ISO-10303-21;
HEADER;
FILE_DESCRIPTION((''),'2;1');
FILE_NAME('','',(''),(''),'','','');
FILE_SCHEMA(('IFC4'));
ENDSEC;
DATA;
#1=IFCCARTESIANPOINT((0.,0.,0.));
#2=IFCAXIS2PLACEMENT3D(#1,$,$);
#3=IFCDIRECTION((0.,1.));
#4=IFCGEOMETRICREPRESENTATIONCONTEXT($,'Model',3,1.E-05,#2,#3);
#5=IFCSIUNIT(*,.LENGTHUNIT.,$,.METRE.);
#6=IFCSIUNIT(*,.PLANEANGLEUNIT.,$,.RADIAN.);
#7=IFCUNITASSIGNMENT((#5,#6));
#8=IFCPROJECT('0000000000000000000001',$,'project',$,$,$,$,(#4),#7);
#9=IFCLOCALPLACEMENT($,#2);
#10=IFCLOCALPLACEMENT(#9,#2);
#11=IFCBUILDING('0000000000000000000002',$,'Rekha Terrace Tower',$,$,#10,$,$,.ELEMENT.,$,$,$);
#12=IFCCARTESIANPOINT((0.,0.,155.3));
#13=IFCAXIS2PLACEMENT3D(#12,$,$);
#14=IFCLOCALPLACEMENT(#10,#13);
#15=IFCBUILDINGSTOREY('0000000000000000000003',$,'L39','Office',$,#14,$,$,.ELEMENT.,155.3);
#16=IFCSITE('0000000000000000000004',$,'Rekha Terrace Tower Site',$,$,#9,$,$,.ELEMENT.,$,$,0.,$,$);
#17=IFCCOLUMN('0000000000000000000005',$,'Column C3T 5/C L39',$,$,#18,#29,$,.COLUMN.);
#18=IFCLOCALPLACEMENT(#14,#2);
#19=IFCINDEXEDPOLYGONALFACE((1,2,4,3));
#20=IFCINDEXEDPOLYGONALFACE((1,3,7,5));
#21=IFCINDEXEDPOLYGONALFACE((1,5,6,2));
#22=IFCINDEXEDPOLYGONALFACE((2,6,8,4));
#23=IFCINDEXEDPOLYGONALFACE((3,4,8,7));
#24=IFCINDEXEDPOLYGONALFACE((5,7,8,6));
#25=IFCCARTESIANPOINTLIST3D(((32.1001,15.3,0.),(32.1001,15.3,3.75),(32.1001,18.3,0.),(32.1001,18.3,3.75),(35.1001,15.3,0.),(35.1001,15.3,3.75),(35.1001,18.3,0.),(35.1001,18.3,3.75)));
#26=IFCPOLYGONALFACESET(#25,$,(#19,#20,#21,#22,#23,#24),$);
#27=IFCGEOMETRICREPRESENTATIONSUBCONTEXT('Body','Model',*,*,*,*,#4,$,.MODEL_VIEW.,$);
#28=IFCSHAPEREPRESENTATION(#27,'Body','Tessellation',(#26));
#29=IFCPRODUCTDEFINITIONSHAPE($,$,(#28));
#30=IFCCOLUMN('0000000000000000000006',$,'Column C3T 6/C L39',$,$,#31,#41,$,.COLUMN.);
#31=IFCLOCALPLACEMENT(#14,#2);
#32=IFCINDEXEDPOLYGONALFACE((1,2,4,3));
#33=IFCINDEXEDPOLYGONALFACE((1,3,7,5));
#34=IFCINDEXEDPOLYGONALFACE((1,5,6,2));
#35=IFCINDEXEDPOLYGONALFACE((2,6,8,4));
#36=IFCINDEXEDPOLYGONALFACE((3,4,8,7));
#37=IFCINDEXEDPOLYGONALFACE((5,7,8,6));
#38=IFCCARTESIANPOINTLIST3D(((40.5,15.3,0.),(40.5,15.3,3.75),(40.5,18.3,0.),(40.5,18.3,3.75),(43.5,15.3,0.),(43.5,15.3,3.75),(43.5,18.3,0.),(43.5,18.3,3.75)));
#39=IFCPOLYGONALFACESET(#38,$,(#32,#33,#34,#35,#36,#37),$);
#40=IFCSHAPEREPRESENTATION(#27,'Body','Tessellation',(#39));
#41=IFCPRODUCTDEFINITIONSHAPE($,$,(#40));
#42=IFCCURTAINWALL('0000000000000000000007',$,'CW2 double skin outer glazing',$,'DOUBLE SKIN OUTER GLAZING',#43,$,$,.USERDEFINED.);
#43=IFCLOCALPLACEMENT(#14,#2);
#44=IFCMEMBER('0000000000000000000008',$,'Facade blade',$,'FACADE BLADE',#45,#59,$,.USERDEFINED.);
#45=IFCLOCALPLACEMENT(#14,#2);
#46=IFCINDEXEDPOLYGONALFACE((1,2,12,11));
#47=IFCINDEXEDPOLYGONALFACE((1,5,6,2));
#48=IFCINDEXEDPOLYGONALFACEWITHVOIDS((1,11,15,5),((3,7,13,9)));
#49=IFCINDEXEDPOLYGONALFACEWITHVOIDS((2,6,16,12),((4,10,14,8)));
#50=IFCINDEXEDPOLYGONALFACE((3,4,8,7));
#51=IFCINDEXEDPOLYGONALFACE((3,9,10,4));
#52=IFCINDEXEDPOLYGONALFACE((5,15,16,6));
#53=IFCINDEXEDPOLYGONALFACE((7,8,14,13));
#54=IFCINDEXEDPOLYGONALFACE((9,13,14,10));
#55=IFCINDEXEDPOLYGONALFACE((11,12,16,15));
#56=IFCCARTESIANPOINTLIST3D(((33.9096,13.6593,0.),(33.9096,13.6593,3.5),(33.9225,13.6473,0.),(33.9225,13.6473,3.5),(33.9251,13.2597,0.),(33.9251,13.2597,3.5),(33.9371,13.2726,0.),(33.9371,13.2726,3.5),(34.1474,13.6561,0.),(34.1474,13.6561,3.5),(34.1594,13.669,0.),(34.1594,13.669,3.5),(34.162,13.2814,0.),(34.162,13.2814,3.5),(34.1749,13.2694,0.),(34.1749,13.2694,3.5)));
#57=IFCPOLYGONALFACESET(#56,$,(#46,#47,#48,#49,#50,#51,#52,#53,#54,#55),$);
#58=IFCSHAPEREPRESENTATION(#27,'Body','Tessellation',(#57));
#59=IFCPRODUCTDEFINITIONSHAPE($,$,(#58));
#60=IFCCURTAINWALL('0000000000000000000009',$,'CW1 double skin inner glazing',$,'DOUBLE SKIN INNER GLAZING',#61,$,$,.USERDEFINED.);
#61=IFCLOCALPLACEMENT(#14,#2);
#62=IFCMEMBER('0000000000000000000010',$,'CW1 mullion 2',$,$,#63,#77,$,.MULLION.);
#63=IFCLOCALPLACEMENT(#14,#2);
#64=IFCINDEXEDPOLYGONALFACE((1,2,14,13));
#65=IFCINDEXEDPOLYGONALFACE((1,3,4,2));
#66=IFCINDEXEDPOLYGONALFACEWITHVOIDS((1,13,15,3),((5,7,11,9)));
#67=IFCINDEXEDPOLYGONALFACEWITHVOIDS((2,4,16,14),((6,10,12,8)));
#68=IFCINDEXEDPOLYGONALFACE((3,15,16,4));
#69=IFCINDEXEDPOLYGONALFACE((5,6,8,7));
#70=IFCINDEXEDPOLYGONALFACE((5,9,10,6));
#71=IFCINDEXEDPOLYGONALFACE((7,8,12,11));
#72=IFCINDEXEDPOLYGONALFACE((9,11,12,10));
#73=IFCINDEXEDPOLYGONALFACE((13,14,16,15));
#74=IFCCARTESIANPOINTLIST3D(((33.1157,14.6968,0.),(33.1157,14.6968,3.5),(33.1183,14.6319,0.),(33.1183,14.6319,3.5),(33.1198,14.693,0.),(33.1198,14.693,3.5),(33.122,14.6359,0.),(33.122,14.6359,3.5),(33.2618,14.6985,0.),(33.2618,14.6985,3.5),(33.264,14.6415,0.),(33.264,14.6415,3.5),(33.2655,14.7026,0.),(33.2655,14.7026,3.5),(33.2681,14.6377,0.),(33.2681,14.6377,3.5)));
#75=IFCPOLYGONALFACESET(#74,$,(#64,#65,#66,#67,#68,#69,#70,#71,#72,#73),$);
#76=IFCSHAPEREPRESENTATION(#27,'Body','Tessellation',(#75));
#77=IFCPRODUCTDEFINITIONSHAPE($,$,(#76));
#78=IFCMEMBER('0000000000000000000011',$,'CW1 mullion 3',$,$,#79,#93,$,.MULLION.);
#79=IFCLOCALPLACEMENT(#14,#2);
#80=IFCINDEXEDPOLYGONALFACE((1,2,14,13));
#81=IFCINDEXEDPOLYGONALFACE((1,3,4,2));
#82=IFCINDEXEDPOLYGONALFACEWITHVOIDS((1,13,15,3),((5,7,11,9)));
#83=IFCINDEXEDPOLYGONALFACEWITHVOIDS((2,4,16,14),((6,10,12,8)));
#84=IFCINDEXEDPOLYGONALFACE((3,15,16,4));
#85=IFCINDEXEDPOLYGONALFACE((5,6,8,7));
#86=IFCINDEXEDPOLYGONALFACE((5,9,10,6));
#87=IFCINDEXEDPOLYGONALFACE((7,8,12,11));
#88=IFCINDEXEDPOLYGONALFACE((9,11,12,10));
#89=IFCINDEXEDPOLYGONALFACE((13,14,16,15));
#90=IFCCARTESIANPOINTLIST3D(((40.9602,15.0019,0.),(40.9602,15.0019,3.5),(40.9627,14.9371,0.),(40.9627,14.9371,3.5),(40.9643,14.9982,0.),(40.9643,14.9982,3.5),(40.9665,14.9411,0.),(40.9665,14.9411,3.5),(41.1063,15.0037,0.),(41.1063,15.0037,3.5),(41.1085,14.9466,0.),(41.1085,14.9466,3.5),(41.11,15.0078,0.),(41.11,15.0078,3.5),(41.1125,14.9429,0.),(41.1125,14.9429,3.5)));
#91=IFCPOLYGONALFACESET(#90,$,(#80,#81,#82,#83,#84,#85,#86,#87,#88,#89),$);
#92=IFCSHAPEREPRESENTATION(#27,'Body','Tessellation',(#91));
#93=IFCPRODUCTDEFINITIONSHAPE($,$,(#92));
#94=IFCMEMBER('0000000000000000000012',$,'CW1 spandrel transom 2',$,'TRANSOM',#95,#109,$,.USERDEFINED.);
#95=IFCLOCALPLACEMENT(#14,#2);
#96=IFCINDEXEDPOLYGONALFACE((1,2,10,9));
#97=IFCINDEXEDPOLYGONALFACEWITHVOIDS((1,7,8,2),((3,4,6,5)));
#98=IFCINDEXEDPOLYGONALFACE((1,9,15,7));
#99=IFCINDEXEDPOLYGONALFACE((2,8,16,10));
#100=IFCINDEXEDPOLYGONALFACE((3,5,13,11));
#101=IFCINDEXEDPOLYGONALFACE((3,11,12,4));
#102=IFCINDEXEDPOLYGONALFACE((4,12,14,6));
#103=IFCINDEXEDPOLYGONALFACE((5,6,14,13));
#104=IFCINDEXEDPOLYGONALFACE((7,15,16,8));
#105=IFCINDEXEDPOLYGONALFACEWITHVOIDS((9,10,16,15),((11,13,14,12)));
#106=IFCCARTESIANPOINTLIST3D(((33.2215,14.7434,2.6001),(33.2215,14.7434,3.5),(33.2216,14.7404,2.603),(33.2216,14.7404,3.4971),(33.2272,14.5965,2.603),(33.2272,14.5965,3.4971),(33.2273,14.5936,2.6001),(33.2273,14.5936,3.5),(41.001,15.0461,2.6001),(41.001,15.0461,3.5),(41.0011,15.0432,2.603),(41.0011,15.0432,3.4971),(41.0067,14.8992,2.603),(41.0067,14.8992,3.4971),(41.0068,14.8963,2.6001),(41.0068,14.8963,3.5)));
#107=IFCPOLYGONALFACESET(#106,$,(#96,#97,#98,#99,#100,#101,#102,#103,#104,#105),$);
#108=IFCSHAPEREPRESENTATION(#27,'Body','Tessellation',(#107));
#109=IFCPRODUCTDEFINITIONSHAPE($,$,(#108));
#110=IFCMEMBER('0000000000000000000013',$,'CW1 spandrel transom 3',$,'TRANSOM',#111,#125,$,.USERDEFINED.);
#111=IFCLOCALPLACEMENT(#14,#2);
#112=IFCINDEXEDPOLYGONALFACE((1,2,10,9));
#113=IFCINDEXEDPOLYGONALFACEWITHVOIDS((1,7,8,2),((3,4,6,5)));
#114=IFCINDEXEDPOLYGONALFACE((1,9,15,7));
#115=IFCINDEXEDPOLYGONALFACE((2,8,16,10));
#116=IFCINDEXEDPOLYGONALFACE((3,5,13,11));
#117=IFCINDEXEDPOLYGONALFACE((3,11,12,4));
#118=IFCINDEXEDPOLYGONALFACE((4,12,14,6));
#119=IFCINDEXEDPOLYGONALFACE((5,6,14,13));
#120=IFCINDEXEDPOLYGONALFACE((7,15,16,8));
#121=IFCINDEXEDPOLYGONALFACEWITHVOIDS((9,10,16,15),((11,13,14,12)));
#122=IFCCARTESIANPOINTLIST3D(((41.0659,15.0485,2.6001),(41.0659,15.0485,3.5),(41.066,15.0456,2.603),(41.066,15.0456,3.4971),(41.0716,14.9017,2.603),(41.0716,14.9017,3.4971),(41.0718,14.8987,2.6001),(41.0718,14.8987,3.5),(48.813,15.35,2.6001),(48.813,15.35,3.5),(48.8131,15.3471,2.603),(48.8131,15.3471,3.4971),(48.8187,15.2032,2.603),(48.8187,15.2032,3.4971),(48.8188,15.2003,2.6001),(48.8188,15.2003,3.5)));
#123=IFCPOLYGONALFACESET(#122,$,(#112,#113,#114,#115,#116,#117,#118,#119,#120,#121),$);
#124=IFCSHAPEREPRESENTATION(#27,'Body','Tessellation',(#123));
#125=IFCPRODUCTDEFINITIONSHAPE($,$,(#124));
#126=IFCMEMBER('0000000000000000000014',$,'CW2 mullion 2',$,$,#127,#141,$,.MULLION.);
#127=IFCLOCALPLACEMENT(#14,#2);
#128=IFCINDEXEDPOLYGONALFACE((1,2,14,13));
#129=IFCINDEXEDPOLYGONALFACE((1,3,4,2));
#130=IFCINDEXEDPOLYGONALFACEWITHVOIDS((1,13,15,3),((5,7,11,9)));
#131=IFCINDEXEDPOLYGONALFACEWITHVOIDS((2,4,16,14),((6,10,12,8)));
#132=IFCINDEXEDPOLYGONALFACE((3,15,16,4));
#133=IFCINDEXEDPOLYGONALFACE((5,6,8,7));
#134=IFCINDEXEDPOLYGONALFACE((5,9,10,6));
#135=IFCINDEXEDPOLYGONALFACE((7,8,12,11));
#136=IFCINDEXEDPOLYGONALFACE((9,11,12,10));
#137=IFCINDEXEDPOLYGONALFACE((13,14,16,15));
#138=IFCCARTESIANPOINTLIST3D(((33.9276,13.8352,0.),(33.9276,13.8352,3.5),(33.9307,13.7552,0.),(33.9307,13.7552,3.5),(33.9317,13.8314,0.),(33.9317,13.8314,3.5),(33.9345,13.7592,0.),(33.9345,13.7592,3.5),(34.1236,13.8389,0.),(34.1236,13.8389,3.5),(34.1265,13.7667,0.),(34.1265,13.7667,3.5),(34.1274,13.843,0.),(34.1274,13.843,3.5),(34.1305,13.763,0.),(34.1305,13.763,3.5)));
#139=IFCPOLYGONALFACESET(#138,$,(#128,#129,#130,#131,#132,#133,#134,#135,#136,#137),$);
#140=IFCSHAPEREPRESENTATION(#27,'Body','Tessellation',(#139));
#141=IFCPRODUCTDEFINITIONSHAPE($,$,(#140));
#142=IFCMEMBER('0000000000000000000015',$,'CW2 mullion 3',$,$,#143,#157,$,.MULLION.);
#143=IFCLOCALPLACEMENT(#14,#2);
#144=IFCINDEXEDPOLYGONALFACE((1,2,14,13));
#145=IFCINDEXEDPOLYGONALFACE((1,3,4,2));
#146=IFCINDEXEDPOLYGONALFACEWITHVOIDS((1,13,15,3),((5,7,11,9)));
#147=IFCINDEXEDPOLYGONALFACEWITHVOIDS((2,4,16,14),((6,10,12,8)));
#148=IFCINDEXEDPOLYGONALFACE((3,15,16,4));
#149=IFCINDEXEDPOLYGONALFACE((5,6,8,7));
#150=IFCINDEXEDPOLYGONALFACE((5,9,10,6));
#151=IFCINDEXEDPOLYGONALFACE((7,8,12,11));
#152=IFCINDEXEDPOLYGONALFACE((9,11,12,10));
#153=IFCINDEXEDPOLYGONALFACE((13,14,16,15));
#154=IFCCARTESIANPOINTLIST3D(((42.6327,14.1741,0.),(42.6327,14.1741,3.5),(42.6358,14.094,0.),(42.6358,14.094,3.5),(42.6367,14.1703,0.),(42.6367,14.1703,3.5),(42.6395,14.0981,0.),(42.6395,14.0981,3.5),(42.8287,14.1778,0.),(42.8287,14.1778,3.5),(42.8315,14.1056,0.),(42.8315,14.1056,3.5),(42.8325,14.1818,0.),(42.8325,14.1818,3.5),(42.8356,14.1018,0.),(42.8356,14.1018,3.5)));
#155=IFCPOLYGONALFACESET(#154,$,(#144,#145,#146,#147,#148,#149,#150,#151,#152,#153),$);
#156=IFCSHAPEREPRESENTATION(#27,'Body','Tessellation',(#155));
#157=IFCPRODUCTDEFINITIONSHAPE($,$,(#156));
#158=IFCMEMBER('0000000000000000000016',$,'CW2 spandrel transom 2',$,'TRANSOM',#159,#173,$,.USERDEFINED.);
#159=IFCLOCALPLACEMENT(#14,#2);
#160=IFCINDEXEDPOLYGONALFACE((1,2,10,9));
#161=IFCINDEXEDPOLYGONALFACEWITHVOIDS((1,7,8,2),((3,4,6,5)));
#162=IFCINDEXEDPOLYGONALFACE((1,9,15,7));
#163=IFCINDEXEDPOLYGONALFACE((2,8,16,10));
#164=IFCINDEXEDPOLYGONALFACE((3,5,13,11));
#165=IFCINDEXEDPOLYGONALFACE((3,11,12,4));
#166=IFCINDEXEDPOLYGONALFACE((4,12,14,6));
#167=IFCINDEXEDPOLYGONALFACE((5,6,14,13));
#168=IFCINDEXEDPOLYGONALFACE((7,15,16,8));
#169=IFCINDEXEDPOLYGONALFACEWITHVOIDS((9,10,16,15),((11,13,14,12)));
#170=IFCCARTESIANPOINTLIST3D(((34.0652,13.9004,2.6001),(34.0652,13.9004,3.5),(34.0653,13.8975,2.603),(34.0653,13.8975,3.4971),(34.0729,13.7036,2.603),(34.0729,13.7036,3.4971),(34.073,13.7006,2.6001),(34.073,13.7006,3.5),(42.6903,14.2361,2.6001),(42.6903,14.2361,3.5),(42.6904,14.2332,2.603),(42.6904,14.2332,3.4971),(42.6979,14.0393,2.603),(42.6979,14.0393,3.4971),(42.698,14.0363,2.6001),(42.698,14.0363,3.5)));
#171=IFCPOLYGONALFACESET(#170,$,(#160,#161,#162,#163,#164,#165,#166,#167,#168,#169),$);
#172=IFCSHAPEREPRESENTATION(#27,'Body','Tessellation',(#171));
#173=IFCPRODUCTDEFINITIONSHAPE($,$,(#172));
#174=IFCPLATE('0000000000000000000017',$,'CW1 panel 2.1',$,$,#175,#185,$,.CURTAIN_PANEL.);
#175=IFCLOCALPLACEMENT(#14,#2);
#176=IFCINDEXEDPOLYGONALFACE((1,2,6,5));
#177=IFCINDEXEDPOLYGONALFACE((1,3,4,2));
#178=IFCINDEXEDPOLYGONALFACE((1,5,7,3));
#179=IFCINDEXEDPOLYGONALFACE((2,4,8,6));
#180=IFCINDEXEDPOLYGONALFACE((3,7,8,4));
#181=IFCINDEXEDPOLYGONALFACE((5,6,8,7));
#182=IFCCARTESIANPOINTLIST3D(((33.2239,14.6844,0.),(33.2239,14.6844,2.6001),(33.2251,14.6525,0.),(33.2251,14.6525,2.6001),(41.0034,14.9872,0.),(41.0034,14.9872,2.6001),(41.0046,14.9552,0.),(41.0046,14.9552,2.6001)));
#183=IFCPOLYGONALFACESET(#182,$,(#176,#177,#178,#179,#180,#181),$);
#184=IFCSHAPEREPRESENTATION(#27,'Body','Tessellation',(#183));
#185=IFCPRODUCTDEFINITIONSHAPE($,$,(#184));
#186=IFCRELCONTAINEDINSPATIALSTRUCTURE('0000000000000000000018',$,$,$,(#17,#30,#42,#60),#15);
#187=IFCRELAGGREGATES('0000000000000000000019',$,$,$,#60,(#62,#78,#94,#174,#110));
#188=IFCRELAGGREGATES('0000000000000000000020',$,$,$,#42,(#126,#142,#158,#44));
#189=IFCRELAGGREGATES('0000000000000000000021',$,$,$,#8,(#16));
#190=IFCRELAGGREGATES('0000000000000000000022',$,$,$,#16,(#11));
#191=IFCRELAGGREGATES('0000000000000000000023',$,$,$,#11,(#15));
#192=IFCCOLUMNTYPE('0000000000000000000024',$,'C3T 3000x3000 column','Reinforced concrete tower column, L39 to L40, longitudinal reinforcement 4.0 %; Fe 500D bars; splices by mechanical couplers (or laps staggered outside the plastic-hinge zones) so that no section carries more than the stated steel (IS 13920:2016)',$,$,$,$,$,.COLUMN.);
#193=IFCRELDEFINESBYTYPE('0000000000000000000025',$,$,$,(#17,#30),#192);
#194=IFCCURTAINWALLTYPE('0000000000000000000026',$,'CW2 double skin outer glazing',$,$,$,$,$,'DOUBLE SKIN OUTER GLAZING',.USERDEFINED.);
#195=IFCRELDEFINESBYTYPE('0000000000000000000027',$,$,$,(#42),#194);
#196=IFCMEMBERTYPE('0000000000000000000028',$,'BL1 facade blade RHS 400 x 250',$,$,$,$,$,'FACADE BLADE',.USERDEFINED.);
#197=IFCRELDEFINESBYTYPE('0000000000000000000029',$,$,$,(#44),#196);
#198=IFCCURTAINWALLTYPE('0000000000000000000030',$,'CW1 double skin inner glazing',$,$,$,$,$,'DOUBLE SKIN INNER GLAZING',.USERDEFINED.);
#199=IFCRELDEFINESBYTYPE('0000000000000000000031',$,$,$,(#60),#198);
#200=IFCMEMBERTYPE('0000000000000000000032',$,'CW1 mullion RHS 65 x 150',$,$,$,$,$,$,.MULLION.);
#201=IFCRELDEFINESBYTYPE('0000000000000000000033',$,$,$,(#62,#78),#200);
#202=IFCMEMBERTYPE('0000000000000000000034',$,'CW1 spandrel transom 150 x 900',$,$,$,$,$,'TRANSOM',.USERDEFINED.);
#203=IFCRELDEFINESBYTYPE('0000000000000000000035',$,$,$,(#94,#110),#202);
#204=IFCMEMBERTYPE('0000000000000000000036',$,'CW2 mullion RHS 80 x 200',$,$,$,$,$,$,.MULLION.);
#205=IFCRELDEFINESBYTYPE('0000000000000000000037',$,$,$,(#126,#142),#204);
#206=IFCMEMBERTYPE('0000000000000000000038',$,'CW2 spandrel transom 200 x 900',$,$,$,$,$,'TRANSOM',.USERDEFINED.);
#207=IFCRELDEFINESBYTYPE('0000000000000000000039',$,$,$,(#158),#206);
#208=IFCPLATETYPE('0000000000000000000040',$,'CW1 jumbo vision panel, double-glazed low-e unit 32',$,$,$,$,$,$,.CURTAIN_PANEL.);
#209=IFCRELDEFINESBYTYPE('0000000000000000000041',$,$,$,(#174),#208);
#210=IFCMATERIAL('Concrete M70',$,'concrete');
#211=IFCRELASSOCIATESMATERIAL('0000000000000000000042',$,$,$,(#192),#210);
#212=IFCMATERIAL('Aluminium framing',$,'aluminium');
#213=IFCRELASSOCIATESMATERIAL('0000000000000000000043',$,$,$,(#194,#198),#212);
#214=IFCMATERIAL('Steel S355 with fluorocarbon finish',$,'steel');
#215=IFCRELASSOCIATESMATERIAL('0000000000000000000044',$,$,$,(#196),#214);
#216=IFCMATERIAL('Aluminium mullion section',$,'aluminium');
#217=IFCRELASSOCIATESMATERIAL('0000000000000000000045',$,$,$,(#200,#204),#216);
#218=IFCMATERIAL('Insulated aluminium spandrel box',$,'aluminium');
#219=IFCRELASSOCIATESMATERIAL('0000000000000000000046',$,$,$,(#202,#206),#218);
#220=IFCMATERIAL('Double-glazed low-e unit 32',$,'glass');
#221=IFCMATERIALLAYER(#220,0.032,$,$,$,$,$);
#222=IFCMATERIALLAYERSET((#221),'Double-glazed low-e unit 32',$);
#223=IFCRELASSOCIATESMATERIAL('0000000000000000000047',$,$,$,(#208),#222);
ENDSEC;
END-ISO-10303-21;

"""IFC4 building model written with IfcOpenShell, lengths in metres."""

from ifc_helpers import new_model, si_unit, direction, frame, origin, origin_2d, place, context, subcontext, project, spatial, rectangle, hollow_rectangle, extrude, material, layer, layer_set, material_profile, profile_set, type_object, element, aggregate, save


model = new_model("IFC4")

# Units and contexts
model_context = context("Model", 3, precision=1e-05, world=origin(), true_north=direction((0.0, 1.0)))
body_context = subcontext(model_context, "Body", "Model", "MODEL_VIEW")
ifc_project = project(units=[si_unit("LENGTHUNIT", "METRE"), si_unit("PLANEANGLEUNIT", "RADIAN")], contexts=[model_context])

# Site, building, storey
site_placement = place(None, origin())
site = spatial("IfcSite", under=ifc_project, at=site_placement, Name="Rekha Terrace Tower Site", CompositionType="ELEMENT", RefElevation=0.0)
building_placement = place(site_placement, origin())
building = spatial("IfcBuilding", under=site, at=building_placement, Name="Rekha Terrace Tower", CompositionType="ELEMENT")
storey_placement = place(building_placement, frame((0.0, 0.0, 155.3)))
storey = spatial("IfcBuildingStorey", under=building, at=storey_placement, Name="L39", Description="Office", CompositionType="ELEMENT", Elevation=155.3)

# Columns
ifc_material_1 = material(Name="Concrete M70", Category="concrete")
ifc_material_profile_1 = material_profile(ifc_material_1, rectangle(XDim=3.0, YDim=3.0, at=origin_2d()), Name="RC 3000x3000")
ifc_profile_set_1 = profile_set([ifc_material_profile_1], Name="Concrete M70")
column_type = type_object("IfcColumnType", Name="C3T 3000x3000 column", Description="Reinforced concrete tower column, L39 to L40, longitudinal reinforcement 4.0 %; Fe 500D bars; splices by mechanical couplers (or laps staggered outside the plastic-hinge zones) so that no section carries more than the stated steel (IS 13920:2016)", PredefinedType="COLUMN", material=ifc_profile_set_1)
for number, where, z_axis, x_axis, name in (
    (1, (33.6001, 16.8, 0.0), (0.0, 0.0, 1.0), (1.0, 0.0, 0.0), "Column C3T 5/C L39"),
    (2, (42.0, 16.8, 0.0), (0.0, 0.0, 1.0), (1.0, 0.0, 0.0), "Column C3T 6/C L39"),
):
    element("IfcColumn", number, at=place(storey_placement, frame(where, z_axis=z_axis, x_axis=x_axis)), inside=storey, type_object=column_type, Name=name, PredefinedType="COLUMN", context=body_context, shape_type="SweptSolid", body=[
        extrude(rectangle(XDim=3.0, YDim=3.0, at=origin_2d()), origin(), (0.0, 0.0, 1.0), 3.75),
    ])

# Curtain wall, member
ifc_material_2 = material(Name="Aluminium framing", Category="aluminium")
curtain_wall_type_1 = type_object("IfcCurtainWallType", Name="CW2 double skin outer glazing", ElementType="DOUBLE SKIN OUTER GLAZING", PredefinedType="USERDEFINED", material=ifc_material_2)
curtain_wall_1_placement = place(storey_placement, origin())
curtain_wall_1 = element("IfcCurtainWall", 3, at=curtain_wall_1_placement, inside=storey, type_object=curtain_wall_type_1, Name="CW2 double skin outer glazing", ObjectType="DOUBLE SKIN OUTER GLAZING", PredefinedType="USERDEFINED")
ifc_material_3 = material(Name="Steel S355 with fluorocarbon finish", Category="steel")
ifc_material_profile_2 = material_profile(ifc_material_3, hollow_rectangle(XDim=0.25, YDim=0.3999, WallThickness=0.0125, at=origin_2d()), Name="RHS400x250x12.5")
ifc_profile_set_2 = profile_set([ifc_material_profile_2], Name="Steel S355 with fluorocarbon finish")
member_type_1 = type_object("IfcMemberType", Name="BL1 facade blade RHS 400 x 250", ElementType="FACADE BLADE", PredefinedType="USERDEFINED", material=ifc_profile_set_2)
member_1_placement = place(storey_placement, frame((34.0422, 13.4644, 0.0), z_axis=(0.0, 0.0, 1.0), x_axis=(0.999243, 0.03889, 0.0)))
member_1 = element("IfcMember", 4, at=member_1_placement, type_object=member_type_1, Name="Facade blade", ObjectType="FACADE BLADE", PredefinedType="USERDEFINED", context=body_context, shape_type="SweptSolid", body=[
    extrude(hollow_rectangle(XDim=0.25, YDim=0.3999, WallThickness=0.0125, at=origin_2d()), origin(), (0.0, 0.0, 1.0), 3.5),
])

# Curtain wall, members
curtain_wall_type_2 = type_object("IfcCurtainWallType", Name="CW1 double skin inner glazing", ElementType="DOUBLE SKIN INNER GLAZING", PredefinedType="USERDEFINED", material=ifc_material_2)
curtain_wall_2_placement = place(storey_placement, origin())
curtain_wall_2 = element("IfcCurtainWall", 5, at=curtain_wall_2_placement, inside=storey, type_object=curtain_wall_type_2, Name="CW1 double skin inner glazing", ObjectType="DOUBLE SKIN INNER GLAZING", PredefinedType="USERDEFINED")
ifc_material_4 = material(Name="Aluminium mullion section", Category="aluminium")
ifc_material_profile_3 = material_profile(ifc_material_4, hollow_rectangle(XDim=0.0649, YDim=0.1499, WallThickness=0.0039, at=origin_2d()), Name="AL RHS 65x150")
ifc_profile_set_3 = profile_set([ifc_material_profile_3], Name="Aluminium mullion section")
member_type_2 = type_object("IfcMemberType", Name="CW1 mullion RHS 65 x 150", PredefinedType="MULLION", material=ifc_profile_set_3)
member_2_placement = place(storey_placement, frame((33.1919, 14.6672, 0.0), z_axis=(0.0, 0.0, 1.0), x_axis=(-0.03889, 0.999243, 0.0)))
member_2 = element("IfcMember", 6, at=member_2_placement, type_object=member_type_2, Name="CW1 mullion 2", PredefinedType="MULLION", context=body_context, shape_type="SweptSolid", body=[
    extrude(hollow_rectangle(XDim=0.0649, YDim=0.1499, WallThickness=0.0039, at=origin_2d()), origin(), (0.0, 0.0, 1.0), 3.5),
])
member_3_placement = place(storey_placement, frame((41.0364, 14.9724, 0.0), z_axis=(0.0, 0.0, 1.0), x_axis=(-0.03889, 0.999243, 0.0)))
member_3 = element("IfcMember", 7, at=member_3_placement, type_object=member_type_2, Name="CW1 mullion 3", PredefinedType="MULLION", context=body_context, shape_type="SweptSolid", body=[
    extrude(hollow_rectangle(XDim=0.0649, YDim=0.1499, WallThickness=0.0039, at=origin_2d()), origin(), (0.0, 0.0, 1.0), 3.5),
])
ifc_material_5 = material(Name="Insulated aluminium spandrel box", Category="aluminium")
ifc_material_profile_4 = material_profile(ifc_material_5, hollow_rectangle(XDim=0.1499, YDim=0.8999, WallThickness=0.0029, at=origin_2d()), Name="AL SPANDREL BOX 150x900")
ifc_profile_set_4 = profile_set([ifc_material_profile_4], Name="Insulated aluminium spandrel box")
member_type_3 = type_object("IfcMemberType", Name="CW1 spandrel transom 150 x 900", ElementType="TRANSOM", PredefinedType="USERDEFINED", material=ifc_profile_set_4)
member_4_placement = place(storey_placement, frame((33.2244, 14.6685, 3.05), z_axis=(0.999244, 0.038885, 0.0), x_axis=(-0.038885, 0.999244, 0.0)))
member_4 = element("IfcMember", 8, at=member_4_placement, type_object=member_type_3, Name="CW1 spandrel transom 2", ObjectType="TRANSOM", PredefinedType="USERDEFINED", context=body_context, shape_type="SweptSolid", body=[
    extrude(hollow_rectangle(XDim=0.1499, YDim=0.8999, WallThickness=0.0029, at=origin_2d()), origin(), (0.0, 0.0, 1.0), 7.7854),
])
member_5_placement = place(storey_placement, frame((41.0688, 14.9736, 3.05), z_axis=(0.999243, 0.03889, 0.0), x_axis=(-0.03889, 0.999243, 0.0)))
member_5 = element("IfcMember", 9, at=member_5_placement, type_object=member_type_3, Name="CW1 spandrel transom 3", ObjectType="TRANSOM", PredefinedType="USERDEFINED", context=body_context, shape_type="SweptSolid", body=[
    extrude(hollow_rectangle(XDim=0.1499, YDim=0.8999, WallThickness=0.0029, at=origin_2d()), origin(), (0.0, 0.0, 1.0), 7.7529),
])

# Members
ifc_material_profile_5 = material_profile(ifc_material_4, hollow_rectangle(XDim=0.0801, YDim=0.2, WallThickness=0.0039, at=origin_2d()), Name="AL RHS 80x200")
ifc_profile_set_5 = profile_set([ifc_material_profile_5], Name="Aluminium mullion section")
member_type_4 = type_object("IfcMemberType", Name="CW2 mullion RHS 80 x 200", PredefinedType="MULLION", material=ifc_profile_set_5)
member_6_placement = place(storey_placement, frame((34.0291, 13.7991, 0.0), z_axis=(0.0, 0.0, 1.0), x_axis=(-0.03889, 0.999243, 0.0)))
member_6 = element("IfcMember", 10, at=member_6_placement, type_object=member_type_4, Name="CW2 mullion 2", PredefinedType="MULLION", context=body_context, shape_type="SweptSolid", body=[
    extrude(hollow_rectangle(XDim=0.0801, YDim=0.2, WallThickness=0.0039, at=origin_2d()), origin(), (0.0, 0.0, 1.0), 3.5),
])
member_7_placement = place(storey_placement, frame((42.7341, 14.1379, 0.0), z_axis=(0.0, 0.0, 1.0), x_axis=(-0.03889, 0.999243, 0.0)))
member_7 = element("IfcMember", 11, at=member_7_placement, type_object=member_type_4, Name="CW2 mullion 3", PredefinedType="MULLION", context=body_context, shape_type="SweptSolid", body=[
    extrude(hollow_rectangle(XDim=0.0801, YDim=0.2, WallThickness=0.0039, at=origin_2d()), origin(), (0.0, 0.0, 1.0), 3.5),
])
ifc_material_profile_6 = material_profile(ifc_material_5, hollow_rectangle(XDim=0.2, YDim=0.8999, WallThickness=0.0029, at=origin_2d()), Name="AL SPANDREL BOX 200x900")
ifc_profile_set_6 = profile_set([ifc_material_profile_6], Name="Insulated aluminium spandrel box")
member_type_5 = type_object("IfcMemberType", Name="CW2 spandrel transom 200 x 900", ElementType="TRANSOM", PredefinedType="USERDEFINED", material=ifc_profile_set_6)
member_8_placement = place(storey_placement, frame((34.0691, 13.8005, 3.05), z_axis=(0.999243, 0.038892, 0.0), x_axis=(-0.038892, 0.999243, 0.0)))
member_8 = element("IfcMember", 12, at=member_8_placement, type_object=member_type_5, Name="CW2 spandrel transom 2", ObjectType="TRANSOM", PredefinedType="USERDEFINED", context=body_context, shape_type="SweptSolid", body=[
    extrude(hollow_rectangle(XDim=0.2, YDim=0.8999, WallThickness=0.0029, at=origin_2d()), origin(), (0.0, 0.0, 1.0), 8.6316),
])

# Plate
ifc_material_6 = material(Name="Double-glazed low-e unit 32", Category="glass")
ifc_layer_1 = layer(ifc_material_6, 0.032)
ifc_layer_set_1 = layer_set([ifc_layer_1], Name="Double-glazed low-e unit 32")
plate_type_1 = type_object("IfcPlateType", Name="CW1 jumbo vision panel, double-glazed low-e unit 32", PredefinedType="CURTAIN_PANEL", material=ifc_layer_set_1)
plate_1_placement = place(storey_placement, frame((37.1143, 14.8198, 0.0), z_axis=(0.0, 0.0, 1.0), x_axis=(0.999243, 0.03889, 0.0)))
plate_1 = element("IfcPlate", 13, at=plate_1_placement, type_object=plate_type_1, Name="CW1 panel 2.1", PredefinedType="CURTAIN_PANEL", context=body_context, shape_type="SweptSolid", body=[
    extrude(rectangle(XDim=7.7854, YDim=0.032, at=origin_2d()), origin(), (0.0, 0.0, 1.0), 2.6001),
])
aggregate(curtain_wall_2, [member_2, member_3, member_4, plate_1, member_5])
aggregate(curtain_wall_1, [member_6, member_7, member_8, member_1])

save(model, "model.ifc")
